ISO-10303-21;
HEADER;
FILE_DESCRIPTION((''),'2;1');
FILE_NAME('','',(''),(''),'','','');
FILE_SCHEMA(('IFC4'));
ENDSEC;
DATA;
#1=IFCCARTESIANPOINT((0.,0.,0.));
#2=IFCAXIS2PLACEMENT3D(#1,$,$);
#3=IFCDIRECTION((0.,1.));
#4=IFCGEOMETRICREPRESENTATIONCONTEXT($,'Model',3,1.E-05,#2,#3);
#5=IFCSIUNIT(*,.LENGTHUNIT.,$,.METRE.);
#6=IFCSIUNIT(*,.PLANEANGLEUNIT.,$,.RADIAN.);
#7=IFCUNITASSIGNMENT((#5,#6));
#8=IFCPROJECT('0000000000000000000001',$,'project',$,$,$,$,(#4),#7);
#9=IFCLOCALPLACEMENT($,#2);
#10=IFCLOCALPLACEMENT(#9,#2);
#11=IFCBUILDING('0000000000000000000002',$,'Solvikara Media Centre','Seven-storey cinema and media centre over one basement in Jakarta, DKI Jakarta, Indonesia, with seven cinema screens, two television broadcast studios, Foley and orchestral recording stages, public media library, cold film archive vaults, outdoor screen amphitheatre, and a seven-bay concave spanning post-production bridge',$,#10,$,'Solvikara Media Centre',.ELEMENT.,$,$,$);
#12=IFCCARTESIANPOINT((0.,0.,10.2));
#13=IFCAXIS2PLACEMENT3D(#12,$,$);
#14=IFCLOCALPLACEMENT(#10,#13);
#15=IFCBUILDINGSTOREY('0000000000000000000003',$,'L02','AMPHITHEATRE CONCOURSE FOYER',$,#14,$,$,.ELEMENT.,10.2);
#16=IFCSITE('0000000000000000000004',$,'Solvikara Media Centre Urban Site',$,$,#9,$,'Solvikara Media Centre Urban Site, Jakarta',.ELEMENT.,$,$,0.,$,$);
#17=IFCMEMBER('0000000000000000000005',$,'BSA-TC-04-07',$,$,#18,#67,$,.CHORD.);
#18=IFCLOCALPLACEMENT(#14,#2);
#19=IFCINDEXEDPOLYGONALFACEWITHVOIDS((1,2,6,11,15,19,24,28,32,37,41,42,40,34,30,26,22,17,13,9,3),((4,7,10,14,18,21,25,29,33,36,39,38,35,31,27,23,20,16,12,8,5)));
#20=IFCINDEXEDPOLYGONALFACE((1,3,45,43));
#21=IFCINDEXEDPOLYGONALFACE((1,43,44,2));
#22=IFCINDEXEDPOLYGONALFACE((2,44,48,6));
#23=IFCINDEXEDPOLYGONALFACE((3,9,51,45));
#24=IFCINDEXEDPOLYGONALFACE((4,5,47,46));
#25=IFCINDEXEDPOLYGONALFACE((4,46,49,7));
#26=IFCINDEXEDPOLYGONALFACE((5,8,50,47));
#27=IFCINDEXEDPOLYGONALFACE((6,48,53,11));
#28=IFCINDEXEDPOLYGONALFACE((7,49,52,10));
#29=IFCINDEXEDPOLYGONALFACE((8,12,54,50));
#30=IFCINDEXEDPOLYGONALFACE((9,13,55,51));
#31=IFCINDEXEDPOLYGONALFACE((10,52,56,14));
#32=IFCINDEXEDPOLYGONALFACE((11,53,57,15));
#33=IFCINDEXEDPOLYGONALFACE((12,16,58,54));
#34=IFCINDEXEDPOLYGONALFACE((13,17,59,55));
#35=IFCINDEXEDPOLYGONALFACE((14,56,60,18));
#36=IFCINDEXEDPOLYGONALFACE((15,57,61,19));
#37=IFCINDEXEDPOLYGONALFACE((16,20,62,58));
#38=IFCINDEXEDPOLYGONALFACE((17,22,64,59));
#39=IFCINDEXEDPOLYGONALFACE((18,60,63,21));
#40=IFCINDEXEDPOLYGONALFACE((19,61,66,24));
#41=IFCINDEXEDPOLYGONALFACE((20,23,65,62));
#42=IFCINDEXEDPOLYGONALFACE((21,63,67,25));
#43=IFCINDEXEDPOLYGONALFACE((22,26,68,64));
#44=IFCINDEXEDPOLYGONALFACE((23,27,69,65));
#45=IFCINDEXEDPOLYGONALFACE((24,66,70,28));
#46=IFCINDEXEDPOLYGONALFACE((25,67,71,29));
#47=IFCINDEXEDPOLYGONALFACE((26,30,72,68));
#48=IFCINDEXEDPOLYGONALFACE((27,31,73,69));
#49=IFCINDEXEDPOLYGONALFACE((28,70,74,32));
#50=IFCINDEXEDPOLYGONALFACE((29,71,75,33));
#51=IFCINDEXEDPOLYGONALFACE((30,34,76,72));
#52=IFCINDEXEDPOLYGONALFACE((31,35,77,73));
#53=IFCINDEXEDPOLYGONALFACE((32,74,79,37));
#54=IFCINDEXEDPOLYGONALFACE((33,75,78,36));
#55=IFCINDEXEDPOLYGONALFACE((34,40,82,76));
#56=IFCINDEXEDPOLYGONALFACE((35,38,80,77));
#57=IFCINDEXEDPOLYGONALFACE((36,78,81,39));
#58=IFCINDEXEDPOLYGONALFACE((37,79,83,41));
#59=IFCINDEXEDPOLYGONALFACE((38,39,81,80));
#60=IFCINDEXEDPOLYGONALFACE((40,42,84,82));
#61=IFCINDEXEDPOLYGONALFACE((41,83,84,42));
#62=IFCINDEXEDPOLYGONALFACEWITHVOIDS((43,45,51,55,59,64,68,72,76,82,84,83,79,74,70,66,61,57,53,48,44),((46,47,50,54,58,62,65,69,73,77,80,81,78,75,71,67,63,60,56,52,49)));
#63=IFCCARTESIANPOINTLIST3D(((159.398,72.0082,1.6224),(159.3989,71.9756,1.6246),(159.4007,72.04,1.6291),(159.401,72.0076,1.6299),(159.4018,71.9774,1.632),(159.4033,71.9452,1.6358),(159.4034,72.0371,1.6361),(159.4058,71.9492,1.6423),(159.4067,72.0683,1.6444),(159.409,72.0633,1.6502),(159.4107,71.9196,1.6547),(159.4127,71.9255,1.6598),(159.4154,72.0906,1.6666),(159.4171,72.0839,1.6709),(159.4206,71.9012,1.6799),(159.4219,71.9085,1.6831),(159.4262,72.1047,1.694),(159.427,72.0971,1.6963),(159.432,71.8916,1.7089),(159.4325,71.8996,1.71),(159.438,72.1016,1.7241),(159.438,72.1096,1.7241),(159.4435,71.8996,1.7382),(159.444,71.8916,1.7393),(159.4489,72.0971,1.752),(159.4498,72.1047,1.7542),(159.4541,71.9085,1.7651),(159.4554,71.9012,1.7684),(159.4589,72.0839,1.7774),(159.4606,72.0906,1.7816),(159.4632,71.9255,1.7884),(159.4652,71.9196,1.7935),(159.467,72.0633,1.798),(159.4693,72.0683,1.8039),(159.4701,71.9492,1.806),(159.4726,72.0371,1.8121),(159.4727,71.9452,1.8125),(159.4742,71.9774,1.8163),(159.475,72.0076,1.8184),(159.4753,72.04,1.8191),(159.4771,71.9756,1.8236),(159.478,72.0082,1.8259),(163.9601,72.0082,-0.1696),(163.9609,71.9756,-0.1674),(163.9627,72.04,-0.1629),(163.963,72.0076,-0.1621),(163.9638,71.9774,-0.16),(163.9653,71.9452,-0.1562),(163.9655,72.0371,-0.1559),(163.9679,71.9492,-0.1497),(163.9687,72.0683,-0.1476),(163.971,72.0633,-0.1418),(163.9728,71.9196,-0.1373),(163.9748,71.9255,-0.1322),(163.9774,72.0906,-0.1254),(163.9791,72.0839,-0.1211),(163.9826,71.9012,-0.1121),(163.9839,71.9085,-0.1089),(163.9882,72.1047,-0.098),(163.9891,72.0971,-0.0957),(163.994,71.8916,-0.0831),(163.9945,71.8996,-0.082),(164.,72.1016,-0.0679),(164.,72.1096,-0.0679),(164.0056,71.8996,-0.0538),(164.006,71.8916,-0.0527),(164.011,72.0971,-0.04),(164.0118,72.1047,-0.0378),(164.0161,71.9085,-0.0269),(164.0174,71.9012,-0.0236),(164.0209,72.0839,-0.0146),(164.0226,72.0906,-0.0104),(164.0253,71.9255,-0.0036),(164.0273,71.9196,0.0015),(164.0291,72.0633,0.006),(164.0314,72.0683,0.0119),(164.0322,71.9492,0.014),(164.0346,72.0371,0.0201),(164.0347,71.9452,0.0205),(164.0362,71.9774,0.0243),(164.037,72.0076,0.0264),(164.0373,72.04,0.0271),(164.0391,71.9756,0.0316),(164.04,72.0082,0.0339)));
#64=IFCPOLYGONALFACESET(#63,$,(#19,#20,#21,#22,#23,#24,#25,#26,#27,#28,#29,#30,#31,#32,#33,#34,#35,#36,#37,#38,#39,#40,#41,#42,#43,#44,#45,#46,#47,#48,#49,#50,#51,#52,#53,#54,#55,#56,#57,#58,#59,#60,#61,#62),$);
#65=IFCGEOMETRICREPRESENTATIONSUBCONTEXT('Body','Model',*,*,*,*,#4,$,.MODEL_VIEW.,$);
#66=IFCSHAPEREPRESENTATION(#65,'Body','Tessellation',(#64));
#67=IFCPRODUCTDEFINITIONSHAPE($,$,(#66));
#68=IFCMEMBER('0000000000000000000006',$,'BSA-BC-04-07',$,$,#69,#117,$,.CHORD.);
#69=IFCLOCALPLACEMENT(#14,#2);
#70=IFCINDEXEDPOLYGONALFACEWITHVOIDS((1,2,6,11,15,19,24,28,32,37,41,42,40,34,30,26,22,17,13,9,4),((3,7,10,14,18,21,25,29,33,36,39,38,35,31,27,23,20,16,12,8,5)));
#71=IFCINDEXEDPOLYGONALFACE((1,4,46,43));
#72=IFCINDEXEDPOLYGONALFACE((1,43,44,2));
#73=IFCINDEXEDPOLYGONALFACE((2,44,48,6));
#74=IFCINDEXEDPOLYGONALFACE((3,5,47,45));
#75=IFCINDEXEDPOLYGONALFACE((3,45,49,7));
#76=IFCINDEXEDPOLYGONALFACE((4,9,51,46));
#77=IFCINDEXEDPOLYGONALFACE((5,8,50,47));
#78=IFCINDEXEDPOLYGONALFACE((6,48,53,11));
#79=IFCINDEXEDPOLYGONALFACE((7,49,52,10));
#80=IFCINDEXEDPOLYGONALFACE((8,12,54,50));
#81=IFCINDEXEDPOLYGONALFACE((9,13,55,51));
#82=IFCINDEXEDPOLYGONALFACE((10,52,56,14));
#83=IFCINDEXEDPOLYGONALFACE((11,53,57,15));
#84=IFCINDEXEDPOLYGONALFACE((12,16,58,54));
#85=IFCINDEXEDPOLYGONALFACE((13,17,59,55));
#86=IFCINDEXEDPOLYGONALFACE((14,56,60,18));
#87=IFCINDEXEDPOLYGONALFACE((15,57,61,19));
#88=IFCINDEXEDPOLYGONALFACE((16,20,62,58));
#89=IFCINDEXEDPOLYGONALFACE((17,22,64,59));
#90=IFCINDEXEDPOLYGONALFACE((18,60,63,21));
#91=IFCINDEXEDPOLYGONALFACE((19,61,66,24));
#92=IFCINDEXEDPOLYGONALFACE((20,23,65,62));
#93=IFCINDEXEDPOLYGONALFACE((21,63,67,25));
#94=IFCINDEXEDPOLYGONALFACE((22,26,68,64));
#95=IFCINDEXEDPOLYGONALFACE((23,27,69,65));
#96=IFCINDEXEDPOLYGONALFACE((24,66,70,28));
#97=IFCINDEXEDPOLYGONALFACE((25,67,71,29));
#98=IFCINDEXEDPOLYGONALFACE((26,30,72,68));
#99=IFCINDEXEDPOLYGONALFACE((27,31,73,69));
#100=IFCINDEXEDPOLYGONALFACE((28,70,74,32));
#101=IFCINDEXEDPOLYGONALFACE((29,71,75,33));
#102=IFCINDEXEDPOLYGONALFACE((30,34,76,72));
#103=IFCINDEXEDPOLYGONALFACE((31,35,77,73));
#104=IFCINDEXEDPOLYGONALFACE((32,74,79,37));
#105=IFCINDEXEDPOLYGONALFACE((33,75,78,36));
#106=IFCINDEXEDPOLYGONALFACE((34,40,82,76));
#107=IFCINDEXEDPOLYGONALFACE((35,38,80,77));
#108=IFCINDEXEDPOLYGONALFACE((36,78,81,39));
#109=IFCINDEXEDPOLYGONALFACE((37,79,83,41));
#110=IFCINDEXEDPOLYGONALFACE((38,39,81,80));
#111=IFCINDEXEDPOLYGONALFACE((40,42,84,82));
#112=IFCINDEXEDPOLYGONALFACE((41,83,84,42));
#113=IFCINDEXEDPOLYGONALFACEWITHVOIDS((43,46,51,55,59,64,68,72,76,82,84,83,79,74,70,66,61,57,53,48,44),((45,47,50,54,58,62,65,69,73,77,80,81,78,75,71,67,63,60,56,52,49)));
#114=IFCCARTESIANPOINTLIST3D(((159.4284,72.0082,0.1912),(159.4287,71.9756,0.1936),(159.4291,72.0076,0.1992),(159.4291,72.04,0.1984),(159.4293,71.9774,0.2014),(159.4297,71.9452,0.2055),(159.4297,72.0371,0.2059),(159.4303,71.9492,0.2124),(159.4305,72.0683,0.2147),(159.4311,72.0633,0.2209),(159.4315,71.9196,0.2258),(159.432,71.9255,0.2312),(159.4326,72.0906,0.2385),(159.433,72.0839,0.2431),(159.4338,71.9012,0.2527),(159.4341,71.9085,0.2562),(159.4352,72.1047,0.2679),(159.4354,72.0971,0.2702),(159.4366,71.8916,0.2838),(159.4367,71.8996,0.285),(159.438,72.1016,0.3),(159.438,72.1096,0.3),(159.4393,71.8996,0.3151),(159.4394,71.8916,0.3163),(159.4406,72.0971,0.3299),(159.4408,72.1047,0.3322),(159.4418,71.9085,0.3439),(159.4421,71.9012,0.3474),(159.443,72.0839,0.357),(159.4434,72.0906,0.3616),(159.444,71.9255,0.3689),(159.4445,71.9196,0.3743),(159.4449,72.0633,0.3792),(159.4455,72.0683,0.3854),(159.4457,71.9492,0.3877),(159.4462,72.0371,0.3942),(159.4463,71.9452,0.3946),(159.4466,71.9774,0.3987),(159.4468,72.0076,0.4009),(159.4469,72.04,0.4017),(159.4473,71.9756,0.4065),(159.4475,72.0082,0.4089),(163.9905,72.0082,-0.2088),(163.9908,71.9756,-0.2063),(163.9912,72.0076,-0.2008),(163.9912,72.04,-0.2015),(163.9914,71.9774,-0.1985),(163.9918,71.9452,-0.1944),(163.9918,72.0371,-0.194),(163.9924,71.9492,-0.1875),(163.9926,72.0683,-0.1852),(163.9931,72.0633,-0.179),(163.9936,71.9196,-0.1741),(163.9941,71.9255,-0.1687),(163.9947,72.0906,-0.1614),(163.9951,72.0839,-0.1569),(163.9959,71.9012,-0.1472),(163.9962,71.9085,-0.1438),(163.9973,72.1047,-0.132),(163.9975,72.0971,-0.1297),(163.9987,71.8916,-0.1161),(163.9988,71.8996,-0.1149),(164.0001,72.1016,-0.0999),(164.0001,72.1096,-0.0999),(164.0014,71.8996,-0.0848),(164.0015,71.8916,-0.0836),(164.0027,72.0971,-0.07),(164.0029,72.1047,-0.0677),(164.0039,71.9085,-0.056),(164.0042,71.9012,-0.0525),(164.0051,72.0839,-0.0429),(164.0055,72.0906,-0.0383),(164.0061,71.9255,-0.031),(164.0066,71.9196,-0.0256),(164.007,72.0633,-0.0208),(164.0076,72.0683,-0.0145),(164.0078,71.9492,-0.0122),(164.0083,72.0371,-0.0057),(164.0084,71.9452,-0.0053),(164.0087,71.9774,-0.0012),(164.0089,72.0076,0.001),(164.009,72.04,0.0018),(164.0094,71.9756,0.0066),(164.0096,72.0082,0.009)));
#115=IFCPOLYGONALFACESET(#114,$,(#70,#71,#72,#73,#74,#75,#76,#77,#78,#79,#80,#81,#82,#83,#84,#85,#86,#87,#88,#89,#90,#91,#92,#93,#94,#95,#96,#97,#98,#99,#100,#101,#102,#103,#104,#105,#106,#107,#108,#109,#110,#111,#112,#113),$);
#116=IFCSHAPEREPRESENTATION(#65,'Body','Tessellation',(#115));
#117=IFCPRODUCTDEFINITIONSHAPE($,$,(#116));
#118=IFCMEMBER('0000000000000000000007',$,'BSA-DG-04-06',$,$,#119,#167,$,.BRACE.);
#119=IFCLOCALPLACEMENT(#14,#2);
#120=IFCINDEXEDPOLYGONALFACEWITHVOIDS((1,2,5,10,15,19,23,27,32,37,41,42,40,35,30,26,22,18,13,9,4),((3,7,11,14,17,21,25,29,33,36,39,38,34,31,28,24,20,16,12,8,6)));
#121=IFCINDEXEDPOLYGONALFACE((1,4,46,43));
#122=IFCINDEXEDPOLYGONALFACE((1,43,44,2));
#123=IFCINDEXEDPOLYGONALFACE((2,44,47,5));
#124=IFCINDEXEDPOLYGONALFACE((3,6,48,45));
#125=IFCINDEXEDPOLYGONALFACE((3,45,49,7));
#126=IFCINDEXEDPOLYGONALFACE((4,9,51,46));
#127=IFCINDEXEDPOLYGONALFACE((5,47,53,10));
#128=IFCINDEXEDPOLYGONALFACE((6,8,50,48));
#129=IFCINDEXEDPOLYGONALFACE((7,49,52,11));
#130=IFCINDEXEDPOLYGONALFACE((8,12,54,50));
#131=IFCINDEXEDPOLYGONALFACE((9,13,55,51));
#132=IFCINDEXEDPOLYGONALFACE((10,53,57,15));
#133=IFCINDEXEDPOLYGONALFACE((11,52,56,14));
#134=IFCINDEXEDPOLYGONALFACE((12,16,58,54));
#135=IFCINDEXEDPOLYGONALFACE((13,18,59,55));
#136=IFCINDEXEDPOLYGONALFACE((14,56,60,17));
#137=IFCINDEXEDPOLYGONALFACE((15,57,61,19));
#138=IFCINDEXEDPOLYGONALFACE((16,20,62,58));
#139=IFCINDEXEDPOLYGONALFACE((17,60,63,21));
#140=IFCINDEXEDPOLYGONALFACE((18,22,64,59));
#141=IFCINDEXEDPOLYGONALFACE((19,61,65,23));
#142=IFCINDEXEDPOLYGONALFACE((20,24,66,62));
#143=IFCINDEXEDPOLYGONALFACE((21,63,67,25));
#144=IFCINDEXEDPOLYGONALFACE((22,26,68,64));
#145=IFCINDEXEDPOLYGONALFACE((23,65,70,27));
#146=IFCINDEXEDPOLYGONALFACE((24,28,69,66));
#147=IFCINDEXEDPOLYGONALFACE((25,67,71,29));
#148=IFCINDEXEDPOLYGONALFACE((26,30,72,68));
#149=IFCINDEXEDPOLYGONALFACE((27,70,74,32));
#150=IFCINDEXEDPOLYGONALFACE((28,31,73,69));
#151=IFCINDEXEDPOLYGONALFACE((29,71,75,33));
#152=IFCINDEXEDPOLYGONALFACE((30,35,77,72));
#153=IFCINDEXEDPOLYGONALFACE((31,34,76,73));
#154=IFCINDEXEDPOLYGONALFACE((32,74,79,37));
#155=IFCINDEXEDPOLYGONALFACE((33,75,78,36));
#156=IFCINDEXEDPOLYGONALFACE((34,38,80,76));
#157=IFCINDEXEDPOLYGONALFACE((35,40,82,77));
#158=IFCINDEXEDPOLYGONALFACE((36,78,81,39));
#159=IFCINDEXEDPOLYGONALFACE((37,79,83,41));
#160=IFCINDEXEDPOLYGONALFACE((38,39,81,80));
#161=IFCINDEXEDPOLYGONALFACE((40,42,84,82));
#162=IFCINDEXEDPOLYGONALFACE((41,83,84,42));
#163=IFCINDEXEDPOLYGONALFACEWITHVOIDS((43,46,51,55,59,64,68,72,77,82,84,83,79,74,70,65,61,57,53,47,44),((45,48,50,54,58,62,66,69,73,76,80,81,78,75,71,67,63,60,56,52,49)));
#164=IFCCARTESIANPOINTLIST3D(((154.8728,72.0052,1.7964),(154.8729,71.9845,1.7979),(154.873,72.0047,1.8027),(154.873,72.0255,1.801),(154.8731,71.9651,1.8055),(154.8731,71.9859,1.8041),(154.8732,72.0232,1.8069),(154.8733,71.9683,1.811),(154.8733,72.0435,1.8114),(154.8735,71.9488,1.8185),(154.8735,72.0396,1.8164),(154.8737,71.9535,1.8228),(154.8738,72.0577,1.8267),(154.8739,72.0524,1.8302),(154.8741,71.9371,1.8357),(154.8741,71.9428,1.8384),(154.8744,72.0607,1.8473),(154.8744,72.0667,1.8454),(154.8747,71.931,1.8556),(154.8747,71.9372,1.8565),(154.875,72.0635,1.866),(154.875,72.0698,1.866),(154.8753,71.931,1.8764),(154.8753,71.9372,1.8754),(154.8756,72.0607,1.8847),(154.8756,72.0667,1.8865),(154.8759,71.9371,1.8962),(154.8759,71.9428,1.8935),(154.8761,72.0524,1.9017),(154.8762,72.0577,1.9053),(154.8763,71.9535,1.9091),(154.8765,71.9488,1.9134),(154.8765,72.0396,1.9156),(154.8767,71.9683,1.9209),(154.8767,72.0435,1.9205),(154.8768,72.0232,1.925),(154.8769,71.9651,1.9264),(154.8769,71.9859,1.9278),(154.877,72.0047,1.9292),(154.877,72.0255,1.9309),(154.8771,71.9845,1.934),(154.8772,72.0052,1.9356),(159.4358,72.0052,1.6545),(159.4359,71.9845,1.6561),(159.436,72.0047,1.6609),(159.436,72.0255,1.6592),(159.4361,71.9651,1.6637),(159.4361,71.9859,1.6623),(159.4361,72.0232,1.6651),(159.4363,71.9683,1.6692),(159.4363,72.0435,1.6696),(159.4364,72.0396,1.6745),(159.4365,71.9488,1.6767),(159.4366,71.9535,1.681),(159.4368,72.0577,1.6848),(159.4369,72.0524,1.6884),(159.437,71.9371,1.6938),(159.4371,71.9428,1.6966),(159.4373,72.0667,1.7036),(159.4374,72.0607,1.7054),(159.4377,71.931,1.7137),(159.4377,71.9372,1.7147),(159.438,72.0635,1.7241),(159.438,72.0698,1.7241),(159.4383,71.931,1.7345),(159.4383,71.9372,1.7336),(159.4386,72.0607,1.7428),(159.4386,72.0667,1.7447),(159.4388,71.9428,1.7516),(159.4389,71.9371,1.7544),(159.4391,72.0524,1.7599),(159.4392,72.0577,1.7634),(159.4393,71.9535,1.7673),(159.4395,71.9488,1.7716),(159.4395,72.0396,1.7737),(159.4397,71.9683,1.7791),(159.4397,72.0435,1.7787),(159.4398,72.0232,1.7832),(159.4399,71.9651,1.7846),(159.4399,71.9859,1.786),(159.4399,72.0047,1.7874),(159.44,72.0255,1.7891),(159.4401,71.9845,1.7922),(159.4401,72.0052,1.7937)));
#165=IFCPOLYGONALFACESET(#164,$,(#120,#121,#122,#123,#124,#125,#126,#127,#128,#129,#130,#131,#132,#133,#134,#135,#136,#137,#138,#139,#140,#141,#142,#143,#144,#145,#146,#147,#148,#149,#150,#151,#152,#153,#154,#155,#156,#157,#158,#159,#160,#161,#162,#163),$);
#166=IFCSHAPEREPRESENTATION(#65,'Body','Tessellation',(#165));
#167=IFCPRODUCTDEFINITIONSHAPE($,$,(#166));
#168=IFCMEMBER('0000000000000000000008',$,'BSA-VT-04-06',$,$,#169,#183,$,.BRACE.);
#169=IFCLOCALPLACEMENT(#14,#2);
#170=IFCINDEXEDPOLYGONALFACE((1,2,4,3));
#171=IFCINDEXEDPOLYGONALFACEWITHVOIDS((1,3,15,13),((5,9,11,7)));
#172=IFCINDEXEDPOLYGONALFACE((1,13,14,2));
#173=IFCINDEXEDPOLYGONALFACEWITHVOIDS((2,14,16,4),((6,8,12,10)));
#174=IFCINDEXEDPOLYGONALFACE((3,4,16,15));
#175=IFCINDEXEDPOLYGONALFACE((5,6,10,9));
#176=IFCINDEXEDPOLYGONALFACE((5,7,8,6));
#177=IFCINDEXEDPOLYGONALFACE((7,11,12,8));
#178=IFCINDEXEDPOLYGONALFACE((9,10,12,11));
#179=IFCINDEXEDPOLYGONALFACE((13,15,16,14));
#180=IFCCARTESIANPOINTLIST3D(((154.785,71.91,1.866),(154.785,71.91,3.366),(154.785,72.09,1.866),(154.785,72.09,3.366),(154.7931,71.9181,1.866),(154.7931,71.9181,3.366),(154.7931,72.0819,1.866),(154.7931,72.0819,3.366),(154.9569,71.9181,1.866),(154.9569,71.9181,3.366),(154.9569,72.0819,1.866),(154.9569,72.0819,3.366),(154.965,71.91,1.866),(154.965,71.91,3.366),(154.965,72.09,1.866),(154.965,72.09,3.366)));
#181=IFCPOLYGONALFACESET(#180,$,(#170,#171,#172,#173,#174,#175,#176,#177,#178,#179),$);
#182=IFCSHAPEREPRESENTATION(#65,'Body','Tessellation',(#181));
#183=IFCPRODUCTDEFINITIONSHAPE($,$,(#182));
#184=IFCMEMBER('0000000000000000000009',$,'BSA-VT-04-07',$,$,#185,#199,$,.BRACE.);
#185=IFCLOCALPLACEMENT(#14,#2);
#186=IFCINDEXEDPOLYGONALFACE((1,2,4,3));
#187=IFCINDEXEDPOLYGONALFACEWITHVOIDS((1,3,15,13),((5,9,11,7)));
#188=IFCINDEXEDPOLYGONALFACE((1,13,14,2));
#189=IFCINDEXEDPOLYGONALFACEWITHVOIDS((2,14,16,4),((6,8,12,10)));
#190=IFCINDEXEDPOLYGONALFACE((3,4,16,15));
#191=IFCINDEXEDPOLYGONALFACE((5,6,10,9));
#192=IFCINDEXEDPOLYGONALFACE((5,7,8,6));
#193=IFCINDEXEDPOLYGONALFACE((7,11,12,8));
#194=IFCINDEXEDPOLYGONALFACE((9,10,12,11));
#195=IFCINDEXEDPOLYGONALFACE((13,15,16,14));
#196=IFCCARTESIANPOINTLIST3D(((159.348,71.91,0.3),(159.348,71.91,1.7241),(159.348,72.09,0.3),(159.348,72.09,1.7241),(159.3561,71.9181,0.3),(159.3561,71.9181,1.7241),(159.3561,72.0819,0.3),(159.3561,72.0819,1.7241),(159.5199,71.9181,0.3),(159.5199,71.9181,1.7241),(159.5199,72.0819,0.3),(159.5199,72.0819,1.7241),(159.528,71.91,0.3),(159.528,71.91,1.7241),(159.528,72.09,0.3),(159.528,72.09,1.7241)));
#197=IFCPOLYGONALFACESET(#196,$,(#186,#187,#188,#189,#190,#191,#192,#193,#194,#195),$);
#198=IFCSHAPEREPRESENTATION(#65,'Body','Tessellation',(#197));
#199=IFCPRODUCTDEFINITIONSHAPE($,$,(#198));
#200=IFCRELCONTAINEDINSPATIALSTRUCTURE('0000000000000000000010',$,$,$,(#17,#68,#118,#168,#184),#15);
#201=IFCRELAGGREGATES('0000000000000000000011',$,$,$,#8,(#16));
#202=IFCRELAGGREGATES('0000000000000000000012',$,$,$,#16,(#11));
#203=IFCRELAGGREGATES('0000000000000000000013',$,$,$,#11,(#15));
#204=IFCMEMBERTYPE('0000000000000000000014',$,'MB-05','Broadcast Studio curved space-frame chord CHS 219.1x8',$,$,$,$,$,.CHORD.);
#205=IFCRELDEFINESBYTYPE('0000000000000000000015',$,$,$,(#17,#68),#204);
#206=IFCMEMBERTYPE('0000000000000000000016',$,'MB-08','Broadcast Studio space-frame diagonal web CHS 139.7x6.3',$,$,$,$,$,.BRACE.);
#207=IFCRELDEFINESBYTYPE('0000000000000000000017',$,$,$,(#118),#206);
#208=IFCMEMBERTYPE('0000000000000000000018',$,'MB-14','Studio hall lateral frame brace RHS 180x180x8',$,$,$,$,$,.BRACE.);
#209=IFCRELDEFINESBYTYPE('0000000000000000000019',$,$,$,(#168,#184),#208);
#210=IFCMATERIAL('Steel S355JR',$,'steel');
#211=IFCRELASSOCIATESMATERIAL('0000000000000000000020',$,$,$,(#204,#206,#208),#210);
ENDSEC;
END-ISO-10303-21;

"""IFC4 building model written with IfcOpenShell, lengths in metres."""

from ifc_helpers import new_model, si_unit, direction, frame, origin, origin_2d, place, context, subcontext, project, spatial, hollow_rectangle, hollow_circle, extrude, material, material_profile, profile_set, type_object, element, save


model = new_model("IFC4")

# Units and contexts
model_context = context("Model", 3, precision=1e-05, world=origin(), true_north=direction((0.0, 1.0)))
body_context = subcontext(model_context, "Body", "Model", "MODEL_VIEW")
ifc_project = project(units=[si_unit("LENGTHUNIT", "METRE"), si_unit("PLANEANGLEUNIT", "RADIAN")], contexts=[model_context])

# Site, building, storey
site_placement = place(None, origin())
site = spatial("IfcSite", under=ifc_project, at=site_placement, Name="Solvikara Media Centre Urban Site", LongName="Solvikara Media Centre Urban Site, Jakarta", CompositionType="ELEMENT", RefElevation=0.0)
building_placement = place(site_placement, origin())
building = spatial("IfcBuilding", under=site, at=building_placement, Name="Solvikara Media Centre", Description="Seven-storey cinema and media centre over one basement in Jakarta, DKI Jakarta, Indonesia, with seven cinema screens, two television broadcast studios, Foley and orchestral recording stages, public media library, cold film archive vaults, outdoor screen amphitheatre, and a seven-bay concave spanning post-production bridge", LongName="Solvikara Media Centre", CompositionType="ELEMENT")
storey_placement = place(building_placement, frame((0.0, 0.0, 10.2)))
storey = spatial("IfcBuildingStorey", under=building, at=storey_placement, Name="L02", Description="AMPHITHEATRE CONCOURSE FOYER", CompositionType="ELEMENT", Elevation=10.2)

# Shared definitions
ifc_material_1 = material(Name="Steel S355JR", Category="steel")

# Members
ifc_material_profile_1 = material_profile(ifc_material_1, hollow_circle(Radius=0.1096, WallThickness=0.0081, at=origin_2d()), Name="CHS 219.1x8")
ifc_profile_set_1 = profile_set([ifc_material_profile_1], Name="Steel S355JR")
member_type_1 = type_object("IfcMemberType", Name="MB-05", Description="Broadcast Studio curved space-frame chord CHS 219.1x8", PredefinedType="CHORD", material=ifc_profile_set_1)
member_1_placement = place(storey_placement, frame((159.438, 72.0, 1.7241), z_axis=(0.930767, 0.0, -0.365612), x_axis=(0.0, 1.0, 0.0)))
element("IfcMember", 1, at=member_1_placement, inside=storey, type_object=member_type_1, Name="BSA-TC-04-07", PredefinedType="CHORD", context=body_context, shape_type="SweptSolid", body=[
    extrude(hollow_circle(Radius=0.1096, WallThickness=0.0081, at=origin_2d()), origin(), (0.0, 0.0, 1.0), 4.9014),
])
member_2_placement = place(storey_placement, frame((159.438, 72.0, 0.3), z_axis=(0.99618, 0.0, -0.087324), x_axis=(0.0, 1.0, 0.0)))
element("IfcMember", 2, at=member_2_placement, inside=storey, type_object=member_type_1, Name="BSA-BC-04-07", PredefinedType="CHORD", context=body_context, shape_type="SweptSolid", body=[
    extrude(hollow_circle(Radius=0.1096, WallThickness=0.0081, at=origin_2d()), origin(), (0.0, 0.0, 1.0), 4.5796),
])
ifc_material_profile_2 = material_profile(ifc_material_1, hollow_circle(Radius=0.0698, WallThickness=0.0063, at=origin_2d()), Name="CHS 139.7x6.3")
ifc_profile_set_2 = profile_set([ifc_material_profile_2], Name="Steel S355JR")
member_type_2 = type_object("IfcMemberType", Name="MB-08", Description="Broadcast Studio space-frame diagonal web CHS 139.7x6.3", PredefinedType="BRACE", material=ifc_profile_set_2)
member_3_placement = place(storey_placement, frame((154.875, 72.0, 1.866), z_axis=(0.999517, 0.0, -0.031071), x_axis=(0.0, 1.0, 0.0)))
element("IfcMember", 3, at=member_3_placement, inside=storey, type_object=member_type_2, Name="BSA-DG-04-06", PredefinedType="BRACE", context=body_context, shape_type="SweptSolid", body=[
    extrude(hollow_circle(Radius=0.0698, WallThickness=0.0063, at=origin_2d()), origin(), (0.0, 0.0, 1.0), 4.5652),
])
ifc_material_profile_3 = material_profile(ifc_material_1, hollow_rectangle(XDim=0.1799, YDim=0.1799, WallThickness=0.0081, at=origin_2d()), Name="RHS 180x180x8")
ifc_profile_set_3 = profile_set([ifc_material_profile_3], Name="Steel S355JR")
member_type_3 = type_object("IfcMemberType", Name="MB-14", Description="Studio hall lateral frame brace RHS 180x180x8", PredefinedType="BRACE", material=ifc_profile_set_3)
member_4_placement = place(storey_placement, frame((154.875, 72.0, 1.866), z_axis=(0.0, 0.0, 1.0), x_axis=(1.0, 0.0, 0.0)))
element("IfcMember", 4, at=member_4_placement, inside=storey, type_object=member_type_3, Name="BSA-VT-04-06", PredefinedType="BRACE", context=body_context, shape_type="SweptSolid", body=[
    extrude(hollow_rectangle(XDim=0.1799, YDim=0.1799, WallThickness=0.0081, at=origin_2d()), origin(), (0.0, 0.0, 1.0), 1.5),
])
member_5_placement = place(storey_placement, frame((159.438, 72.0, 0.3), z_axis=(0.0, 0.0, 1.0), x_axis=(1.0, 0.0, 0.0)))
element("IfcMember", 5, at=member_5_placement, inside=storey, type_object=member_type_3, Name="BSA-VT-04-07", PredefinedType="BRACE", context=body_context, shape_type="SweptSolid", body=[
    extrude(hollow_rectangle(XDim=0.1799, YDim=0.1799, WallThickness=0.0081, at=origin_2d()), origin(), (0.0, 0.0, 1.0), 1.4241),
])

save(model, "model.ifc")
